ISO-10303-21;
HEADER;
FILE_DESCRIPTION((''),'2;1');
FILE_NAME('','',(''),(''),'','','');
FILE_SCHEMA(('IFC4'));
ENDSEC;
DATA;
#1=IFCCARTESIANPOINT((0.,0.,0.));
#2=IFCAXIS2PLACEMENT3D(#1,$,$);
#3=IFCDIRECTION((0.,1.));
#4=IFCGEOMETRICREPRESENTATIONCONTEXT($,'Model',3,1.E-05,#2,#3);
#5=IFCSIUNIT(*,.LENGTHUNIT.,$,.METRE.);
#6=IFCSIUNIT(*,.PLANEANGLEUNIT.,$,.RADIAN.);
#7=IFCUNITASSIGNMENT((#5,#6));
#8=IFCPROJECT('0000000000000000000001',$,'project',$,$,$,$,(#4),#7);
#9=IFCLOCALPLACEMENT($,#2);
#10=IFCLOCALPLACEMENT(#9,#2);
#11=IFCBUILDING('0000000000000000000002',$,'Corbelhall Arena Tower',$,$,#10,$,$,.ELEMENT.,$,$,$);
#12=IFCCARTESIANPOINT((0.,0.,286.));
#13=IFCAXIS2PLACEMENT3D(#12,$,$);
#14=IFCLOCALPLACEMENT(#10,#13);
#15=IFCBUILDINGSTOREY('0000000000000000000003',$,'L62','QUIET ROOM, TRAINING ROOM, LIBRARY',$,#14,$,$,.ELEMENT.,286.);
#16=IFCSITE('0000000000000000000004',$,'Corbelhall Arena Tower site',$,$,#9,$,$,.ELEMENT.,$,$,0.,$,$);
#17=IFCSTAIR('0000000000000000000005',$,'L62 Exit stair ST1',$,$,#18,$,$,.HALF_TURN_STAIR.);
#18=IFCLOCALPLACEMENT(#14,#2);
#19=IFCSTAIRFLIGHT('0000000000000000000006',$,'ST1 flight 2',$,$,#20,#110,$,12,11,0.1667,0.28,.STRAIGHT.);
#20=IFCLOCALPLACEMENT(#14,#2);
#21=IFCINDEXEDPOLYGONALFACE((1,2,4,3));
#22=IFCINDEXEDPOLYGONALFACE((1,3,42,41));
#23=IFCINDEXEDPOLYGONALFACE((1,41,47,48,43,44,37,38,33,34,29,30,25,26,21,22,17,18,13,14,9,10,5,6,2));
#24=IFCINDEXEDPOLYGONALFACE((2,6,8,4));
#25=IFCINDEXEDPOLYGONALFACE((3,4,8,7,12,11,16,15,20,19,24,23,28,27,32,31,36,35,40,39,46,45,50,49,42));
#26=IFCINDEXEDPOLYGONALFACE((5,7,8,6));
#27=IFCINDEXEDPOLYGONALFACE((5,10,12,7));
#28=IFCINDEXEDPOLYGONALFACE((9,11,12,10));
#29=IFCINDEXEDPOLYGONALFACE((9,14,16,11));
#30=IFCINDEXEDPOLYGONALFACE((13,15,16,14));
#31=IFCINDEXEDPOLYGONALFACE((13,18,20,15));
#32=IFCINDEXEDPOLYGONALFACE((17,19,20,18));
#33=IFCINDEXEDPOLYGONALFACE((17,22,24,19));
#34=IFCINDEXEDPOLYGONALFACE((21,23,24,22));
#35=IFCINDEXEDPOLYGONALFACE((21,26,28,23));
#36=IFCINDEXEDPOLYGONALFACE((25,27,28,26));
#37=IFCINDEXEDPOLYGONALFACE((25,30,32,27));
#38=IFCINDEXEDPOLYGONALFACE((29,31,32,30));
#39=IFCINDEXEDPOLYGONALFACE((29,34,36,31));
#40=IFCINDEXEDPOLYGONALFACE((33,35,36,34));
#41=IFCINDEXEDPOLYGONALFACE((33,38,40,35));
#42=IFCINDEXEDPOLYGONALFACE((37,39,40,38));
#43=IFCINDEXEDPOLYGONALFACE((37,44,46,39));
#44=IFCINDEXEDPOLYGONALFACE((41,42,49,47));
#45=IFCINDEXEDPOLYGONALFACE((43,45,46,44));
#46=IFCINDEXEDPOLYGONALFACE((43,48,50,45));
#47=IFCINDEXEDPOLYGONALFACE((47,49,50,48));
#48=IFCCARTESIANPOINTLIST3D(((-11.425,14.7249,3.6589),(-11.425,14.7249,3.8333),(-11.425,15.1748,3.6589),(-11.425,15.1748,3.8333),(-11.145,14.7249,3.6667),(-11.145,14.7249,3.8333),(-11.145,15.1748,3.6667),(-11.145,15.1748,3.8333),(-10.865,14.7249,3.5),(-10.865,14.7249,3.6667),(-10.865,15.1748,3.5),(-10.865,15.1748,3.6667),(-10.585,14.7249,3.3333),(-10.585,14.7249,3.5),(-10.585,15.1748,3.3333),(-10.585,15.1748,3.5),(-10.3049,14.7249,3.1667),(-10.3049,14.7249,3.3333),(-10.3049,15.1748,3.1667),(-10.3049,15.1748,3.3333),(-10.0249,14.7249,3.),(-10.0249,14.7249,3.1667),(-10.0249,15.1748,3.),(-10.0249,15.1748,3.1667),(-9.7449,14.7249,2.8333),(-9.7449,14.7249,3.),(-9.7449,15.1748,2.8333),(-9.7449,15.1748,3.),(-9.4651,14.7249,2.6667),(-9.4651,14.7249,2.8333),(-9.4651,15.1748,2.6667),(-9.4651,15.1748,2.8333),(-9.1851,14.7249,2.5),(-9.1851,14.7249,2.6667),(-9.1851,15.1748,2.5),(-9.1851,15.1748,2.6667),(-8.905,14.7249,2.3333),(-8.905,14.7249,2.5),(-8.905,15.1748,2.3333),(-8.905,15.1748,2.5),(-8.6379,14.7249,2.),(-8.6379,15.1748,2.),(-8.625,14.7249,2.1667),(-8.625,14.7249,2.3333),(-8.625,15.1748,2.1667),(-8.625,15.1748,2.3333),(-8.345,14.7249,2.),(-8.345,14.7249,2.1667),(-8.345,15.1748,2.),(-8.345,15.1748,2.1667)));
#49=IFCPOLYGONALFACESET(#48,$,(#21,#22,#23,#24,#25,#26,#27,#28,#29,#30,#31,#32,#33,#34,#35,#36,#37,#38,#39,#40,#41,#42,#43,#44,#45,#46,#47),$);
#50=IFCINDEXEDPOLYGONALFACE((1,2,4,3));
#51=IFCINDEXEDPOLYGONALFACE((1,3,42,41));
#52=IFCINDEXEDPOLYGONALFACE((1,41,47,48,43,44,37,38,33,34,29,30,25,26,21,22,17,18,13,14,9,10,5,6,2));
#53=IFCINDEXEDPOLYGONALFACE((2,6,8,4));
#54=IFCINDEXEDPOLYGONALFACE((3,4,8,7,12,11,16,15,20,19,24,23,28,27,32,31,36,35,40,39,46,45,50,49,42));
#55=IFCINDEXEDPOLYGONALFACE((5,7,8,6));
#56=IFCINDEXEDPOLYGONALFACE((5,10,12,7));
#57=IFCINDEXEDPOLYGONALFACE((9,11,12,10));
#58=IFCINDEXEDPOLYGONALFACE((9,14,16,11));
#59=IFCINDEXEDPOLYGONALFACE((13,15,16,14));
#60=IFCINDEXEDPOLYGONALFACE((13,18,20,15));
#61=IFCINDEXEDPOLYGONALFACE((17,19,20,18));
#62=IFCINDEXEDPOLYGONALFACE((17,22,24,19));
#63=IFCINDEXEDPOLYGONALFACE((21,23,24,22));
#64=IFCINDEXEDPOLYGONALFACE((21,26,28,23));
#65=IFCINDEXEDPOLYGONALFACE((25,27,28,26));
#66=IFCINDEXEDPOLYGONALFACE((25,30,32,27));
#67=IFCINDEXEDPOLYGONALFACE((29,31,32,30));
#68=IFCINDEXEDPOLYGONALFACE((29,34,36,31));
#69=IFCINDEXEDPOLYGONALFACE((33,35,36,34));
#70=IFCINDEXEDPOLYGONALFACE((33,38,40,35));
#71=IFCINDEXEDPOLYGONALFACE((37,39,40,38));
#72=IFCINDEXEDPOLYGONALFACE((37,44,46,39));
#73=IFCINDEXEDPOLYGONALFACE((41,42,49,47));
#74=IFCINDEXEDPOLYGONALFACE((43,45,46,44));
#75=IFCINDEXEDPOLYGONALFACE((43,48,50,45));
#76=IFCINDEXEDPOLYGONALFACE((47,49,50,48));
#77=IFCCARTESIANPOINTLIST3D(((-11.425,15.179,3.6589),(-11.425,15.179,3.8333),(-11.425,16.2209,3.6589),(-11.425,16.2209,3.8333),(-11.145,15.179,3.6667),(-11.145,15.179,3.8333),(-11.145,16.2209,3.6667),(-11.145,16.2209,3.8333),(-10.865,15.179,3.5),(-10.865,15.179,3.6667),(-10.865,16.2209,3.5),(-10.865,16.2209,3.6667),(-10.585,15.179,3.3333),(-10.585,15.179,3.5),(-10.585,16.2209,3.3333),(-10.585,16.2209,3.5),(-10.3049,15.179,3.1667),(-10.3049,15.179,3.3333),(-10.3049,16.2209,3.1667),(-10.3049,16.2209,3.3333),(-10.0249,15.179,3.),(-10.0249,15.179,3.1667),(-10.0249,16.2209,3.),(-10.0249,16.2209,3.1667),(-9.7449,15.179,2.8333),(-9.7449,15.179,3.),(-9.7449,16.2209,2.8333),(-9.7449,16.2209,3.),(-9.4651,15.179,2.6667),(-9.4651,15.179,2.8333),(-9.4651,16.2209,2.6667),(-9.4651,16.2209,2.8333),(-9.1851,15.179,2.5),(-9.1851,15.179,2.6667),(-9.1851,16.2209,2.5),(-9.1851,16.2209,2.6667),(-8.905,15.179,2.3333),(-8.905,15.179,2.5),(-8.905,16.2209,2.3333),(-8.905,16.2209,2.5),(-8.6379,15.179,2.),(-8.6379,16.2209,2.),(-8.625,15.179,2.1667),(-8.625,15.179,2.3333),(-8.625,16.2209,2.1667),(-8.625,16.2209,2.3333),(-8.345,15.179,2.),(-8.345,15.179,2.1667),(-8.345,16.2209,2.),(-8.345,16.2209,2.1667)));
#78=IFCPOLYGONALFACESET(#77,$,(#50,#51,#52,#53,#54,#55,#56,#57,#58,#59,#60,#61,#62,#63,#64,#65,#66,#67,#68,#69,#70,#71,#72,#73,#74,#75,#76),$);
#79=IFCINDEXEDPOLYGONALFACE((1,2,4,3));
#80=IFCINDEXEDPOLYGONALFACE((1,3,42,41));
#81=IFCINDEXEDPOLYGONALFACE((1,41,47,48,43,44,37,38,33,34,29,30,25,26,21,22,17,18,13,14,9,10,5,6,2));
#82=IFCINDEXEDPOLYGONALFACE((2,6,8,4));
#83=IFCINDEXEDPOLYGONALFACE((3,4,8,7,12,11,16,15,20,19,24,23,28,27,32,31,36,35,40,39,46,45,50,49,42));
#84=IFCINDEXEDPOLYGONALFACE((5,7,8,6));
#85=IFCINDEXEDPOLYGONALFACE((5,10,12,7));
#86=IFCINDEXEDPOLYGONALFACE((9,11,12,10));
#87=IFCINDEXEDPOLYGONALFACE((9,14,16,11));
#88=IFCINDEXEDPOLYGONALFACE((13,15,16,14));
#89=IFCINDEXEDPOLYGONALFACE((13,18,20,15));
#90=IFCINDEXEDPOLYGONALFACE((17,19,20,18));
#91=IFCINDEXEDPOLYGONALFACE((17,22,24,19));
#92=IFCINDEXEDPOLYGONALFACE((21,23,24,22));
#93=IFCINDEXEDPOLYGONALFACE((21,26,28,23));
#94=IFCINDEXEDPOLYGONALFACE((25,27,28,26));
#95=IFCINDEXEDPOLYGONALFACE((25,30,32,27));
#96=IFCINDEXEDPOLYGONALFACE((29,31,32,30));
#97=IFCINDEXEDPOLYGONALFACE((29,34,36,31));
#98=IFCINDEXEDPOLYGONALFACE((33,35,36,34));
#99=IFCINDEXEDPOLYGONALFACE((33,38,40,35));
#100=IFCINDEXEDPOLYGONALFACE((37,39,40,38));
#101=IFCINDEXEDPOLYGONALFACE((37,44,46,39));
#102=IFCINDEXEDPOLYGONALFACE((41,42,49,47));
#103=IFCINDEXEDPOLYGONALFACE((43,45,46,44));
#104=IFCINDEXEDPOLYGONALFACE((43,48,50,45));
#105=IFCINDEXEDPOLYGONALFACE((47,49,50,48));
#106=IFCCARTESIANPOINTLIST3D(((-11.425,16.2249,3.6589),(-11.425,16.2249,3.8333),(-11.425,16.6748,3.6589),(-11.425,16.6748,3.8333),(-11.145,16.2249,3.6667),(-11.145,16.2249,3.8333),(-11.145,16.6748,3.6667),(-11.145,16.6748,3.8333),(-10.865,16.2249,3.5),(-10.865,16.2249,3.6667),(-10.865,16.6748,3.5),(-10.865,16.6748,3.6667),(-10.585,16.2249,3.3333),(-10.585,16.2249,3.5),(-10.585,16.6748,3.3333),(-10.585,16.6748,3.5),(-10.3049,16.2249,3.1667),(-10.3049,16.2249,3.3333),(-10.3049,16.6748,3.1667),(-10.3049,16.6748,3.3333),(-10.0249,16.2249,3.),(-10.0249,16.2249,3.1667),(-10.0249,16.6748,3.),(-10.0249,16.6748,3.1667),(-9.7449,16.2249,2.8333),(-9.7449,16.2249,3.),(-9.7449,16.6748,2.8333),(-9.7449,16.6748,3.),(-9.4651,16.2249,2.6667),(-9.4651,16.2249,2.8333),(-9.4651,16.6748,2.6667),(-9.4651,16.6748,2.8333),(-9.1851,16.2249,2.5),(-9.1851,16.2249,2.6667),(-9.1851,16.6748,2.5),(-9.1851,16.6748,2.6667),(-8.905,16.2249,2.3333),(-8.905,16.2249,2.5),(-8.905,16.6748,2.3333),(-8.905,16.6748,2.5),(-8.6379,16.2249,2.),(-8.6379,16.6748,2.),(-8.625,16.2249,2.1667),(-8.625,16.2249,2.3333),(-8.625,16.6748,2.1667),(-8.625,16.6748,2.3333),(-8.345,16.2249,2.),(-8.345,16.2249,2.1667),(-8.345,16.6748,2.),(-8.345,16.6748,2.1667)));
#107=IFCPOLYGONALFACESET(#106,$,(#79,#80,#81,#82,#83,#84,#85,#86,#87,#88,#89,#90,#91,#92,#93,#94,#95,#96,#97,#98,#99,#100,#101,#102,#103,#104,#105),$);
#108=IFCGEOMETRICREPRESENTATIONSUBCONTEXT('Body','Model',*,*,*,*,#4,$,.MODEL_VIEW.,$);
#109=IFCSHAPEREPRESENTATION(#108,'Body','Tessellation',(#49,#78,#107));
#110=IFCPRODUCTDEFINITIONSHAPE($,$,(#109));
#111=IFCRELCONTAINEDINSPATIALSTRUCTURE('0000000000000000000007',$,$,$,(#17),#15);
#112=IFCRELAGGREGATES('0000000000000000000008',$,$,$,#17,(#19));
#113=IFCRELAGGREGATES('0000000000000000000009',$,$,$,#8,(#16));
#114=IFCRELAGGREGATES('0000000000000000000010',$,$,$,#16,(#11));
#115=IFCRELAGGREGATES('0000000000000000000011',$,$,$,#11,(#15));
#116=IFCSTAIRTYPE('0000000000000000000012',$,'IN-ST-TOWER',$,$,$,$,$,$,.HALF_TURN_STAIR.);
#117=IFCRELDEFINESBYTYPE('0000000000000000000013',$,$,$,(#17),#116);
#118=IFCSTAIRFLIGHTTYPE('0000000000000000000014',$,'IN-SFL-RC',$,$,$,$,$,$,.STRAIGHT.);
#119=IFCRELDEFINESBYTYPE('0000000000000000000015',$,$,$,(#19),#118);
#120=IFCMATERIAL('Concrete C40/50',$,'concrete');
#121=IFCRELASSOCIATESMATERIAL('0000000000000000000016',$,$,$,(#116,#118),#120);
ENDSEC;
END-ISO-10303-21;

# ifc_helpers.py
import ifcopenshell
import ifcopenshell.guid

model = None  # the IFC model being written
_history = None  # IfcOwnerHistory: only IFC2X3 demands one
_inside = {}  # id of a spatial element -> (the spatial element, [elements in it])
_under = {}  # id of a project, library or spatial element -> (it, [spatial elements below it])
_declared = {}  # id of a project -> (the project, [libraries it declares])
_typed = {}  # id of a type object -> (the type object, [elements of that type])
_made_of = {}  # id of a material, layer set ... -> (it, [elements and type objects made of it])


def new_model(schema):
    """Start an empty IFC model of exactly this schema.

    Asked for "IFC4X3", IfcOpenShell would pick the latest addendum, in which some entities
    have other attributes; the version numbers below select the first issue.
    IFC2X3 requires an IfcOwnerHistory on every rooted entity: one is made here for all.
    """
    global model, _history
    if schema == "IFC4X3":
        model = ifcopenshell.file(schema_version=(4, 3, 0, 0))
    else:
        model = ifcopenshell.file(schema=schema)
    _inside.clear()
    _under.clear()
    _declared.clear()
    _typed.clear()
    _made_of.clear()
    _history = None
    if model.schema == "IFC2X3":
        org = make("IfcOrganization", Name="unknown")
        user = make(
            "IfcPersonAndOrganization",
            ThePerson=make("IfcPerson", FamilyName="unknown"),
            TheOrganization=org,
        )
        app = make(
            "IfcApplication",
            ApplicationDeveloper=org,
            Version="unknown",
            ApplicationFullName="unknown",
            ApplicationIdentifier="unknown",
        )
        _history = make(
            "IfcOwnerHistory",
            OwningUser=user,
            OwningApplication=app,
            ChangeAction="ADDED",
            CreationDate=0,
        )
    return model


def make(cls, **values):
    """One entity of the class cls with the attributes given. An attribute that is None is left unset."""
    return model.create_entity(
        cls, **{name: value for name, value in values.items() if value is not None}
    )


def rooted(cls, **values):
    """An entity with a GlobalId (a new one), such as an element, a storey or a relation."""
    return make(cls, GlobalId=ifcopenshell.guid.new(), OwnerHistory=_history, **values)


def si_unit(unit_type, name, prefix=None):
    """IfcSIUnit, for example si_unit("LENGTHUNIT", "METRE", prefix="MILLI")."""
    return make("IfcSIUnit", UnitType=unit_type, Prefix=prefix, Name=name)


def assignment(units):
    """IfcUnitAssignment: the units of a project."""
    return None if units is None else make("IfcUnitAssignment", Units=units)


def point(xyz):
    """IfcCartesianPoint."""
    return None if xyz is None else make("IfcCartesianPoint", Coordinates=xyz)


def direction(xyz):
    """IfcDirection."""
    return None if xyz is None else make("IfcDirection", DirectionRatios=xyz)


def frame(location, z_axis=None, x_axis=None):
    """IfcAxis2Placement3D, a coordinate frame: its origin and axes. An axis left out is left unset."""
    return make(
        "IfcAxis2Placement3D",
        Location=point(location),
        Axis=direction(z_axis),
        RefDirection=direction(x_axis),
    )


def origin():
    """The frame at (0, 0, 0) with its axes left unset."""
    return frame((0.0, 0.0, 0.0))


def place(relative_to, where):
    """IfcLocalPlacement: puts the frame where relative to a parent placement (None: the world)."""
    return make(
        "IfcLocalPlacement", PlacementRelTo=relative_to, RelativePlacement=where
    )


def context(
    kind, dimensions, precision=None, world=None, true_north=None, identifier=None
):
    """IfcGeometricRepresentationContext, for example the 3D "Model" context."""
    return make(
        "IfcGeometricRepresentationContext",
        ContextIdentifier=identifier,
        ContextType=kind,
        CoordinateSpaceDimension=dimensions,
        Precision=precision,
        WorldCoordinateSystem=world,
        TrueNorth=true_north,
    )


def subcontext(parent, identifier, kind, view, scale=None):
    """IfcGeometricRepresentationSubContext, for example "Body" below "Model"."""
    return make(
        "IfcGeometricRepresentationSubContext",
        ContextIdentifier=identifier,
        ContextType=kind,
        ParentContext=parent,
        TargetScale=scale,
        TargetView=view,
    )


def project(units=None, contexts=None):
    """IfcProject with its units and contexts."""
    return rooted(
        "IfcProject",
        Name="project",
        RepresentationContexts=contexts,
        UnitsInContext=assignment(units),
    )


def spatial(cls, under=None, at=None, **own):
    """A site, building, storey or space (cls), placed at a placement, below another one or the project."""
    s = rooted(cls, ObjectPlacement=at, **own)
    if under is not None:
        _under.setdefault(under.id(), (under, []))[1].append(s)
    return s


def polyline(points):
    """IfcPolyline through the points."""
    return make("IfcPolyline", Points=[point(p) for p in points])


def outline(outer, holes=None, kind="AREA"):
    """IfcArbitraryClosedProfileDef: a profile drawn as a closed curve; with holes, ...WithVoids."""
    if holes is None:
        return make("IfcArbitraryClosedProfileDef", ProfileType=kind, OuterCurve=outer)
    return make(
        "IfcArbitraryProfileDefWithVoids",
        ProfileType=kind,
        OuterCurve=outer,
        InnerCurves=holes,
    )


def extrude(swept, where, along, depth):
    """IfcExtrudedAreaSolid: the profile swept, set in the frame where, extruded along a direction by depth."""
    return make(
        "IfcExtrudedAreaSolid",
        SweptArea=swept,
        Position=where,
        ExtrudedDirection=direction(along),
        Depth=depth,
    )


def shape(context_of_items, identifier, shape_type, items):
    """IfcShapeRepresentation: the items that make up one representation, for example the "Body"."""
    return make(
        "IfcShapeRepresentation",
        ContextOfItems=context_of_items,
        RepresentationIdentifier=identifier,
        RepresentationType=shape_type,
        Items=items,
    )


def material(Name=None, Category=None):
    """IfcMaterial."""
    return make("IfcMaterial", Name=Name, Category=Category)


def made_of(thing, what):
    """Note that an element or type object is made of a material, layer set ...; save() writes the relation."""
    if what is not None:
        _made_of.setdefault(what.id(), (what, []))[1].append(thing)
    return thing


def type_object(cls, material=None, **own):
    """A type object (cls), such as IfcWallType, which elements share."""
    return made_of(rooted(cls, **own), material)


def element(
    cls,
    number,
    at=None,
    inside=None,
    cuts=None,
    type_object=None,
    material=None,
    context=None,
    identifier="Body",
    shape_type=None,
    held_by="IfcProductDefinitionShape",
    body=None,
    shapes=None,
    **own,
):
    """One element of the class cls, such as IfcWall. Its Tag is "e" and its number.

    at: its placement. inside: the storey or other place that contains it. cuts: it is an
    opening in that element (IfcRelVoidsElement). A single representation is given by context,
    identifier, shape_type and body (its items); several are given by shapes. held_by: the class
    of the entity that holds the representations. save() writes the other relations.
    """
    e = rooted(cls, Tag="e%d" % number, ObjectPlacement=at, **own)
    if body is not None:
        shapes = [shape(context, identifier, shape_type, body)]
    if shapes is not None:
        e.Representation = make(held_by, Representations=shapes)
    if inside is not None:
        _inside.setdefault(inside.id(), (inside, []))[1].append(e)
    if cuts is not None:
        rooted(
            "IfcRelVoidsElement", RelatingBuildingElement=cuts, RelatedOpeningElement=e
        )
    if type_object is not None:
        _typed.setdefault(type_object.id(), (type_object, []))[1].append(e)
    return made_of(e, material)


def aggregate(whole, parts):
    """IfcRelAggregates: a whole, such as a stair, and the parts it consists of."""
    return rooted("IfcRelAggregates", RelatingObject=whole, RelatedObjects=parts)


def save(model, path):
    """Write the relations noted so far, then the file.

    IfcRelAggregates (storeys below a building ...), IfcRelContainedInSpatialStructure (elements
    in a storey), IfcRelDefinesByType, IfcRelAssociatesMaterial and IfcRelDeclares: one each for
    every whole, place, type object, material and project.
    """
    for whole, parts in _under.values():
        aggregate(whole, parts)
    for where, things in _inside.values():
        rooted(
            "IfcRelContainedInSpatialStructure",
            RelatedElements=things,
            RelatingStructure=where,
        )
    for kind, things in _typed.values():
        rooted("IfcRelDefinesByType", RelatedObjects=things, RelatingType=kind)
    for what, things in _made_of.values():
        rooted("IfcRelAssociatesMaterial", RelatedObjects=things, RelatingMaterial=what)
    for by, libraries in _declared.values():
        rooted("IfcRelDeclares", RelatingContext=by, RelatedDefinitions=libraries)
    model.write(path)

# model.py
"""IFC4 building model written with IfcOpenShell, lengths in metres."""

from ifc_helpers import new_model, si_unit, direction, frame, origin, place, context, subcontext, project, spatial, polyline, outline, extrude, material, type_object, element, aggregate, save


model = new_model("IFC4")

# Units and contexts
model_context = context("Model", 3, precision=1e-05, world=origin(), true_north=direction((0.0, 1.0)))
body_context = subcontext(model_context, "Body", "Model", "MODEL_VIEW")
ifc_project = project(units=[si_unit("LENGTHUNIT", "METRE"), si_unit("PLANEANGLEUNIT", "RADIAN")], contexts=[model_context])

# Site, building, storey
site_placement = place(None, origin())
site = spatial("IfcSite", under=ifc_project, at=site_placement, Name="Corbelhall Arena Tower site", CompositionType="ELEMENT", RefElevation=0.0)
building_placement = place(site_placement, origin())
building = spatial("IfcBuilding", under=site, at=building_placement, Name="Corbelhall Arena Tower", CompositionType="ELEMENT")
storey_placement = place(building_placement, frame((0.0, 0.0, 286.0)))
storey = spatial("IfcBuildingStorey", under=building, at=storey_placement, Name="L62", Description="QUIET ROOM, TRAINING ROOM, LIBRARY", CompositionType="ELEMENT", Elevation=286.0)

# Shared definitions
ifc_material_1 = material(Name="Concrete C40/50", Category="concrete")

# Stair, stair flight
stair_type = type_object("IfcStairType", Name="IN-ST-TOWER", PredefinedType="HALF_TURN_STAIR", material=ifc_material_1)
stair_placement = place(storey_placement, origin())
stair = element("IfcStair", 1, at=stair_placement, inside=storey, type_object=stair_type, Name="L62 Exit stair ST1", PredefinedType="HALF_TURN_STAIR")
stair_flight_type = type_object("IfcStairFlightType", Name="IN-SFL-RC", PredefinedType="STRAIGHT", material=ifc_material_1)
stair_flight_1_placement = place(storey_placement, frame((-8.345, 15.7, 2.0), z_axis=(0.0, 0.0, 1.0), x_axis=(-1.0, 0.0, 0.0)))
stair_flight_1 = element("IfcStairFlight", 2, at=stair_flight_1_placement, type_object=stair_flight_type, Name="ST1 flight 2", NumberOfRisers=12, NumberOfTreads=11, PredefinedType="STRAIGHT", RiserHeight=0.1667, TreadLength=0.28, context=body_context, shape_type="SweptSolid", body=[
    extrude(outline(polyline([(0.0, 0.0), (0.0, 0.1667), (0.28, 0.1667), (0.28, 0.3333), (0.5601, 0.3333), (0.5601, 0.5), (0.8401, 0.5), (0.8401, 0.6667), (1.1201, 0.6667), (1.1201, 0.8333), (1.3999, 0.8333), (1.3999, 1.0), (1.6799, 1.0), (1.6799, 1.1667), (1.96, 1.1667), (1.96, 1.3333), (2.24, 1.3333), (2.24, 1.5), (2.52, 1.5), (2.52, 1.6667), (2.8, 1.6667), (2.8, 1.8333), (3.0801, 1.8333), (3.0801, 2.0), (3.0801, 1.6589), (0.293, 0.0), (0.0, 0.0)])), frame((0.0, 0.9751, 0.0), z_axis=(0.0, -1.0, 0.0), x_axis=(1.0, 0.0, 0.0)), (0.0, 0.0, 1.0), 0.45),
    extrude(outline(polyline([(0.0, 0.0), (0.0, 0.1667), (0.28, 0.1667), (0.28, 0.3333), (0.5601, 0.3333), (0.5601, 0.5), (0.8401, 0.5), (0.8401, 0.6667), (1.1201, 0.6667), (1.1201, 0.8333), (1.3999, 0.8333), (1.3999, 1.0), (1.6799, 1.0), (1.6799, 1.1667), (1.96, 1.1667), (1.96, 1.3333), (2.24, 1.3333), (2.24, 1.5), (2.52, 1.5), (2.52, 1.6667), (2.8, 1.6667), (2.8, 1.8333), (3.0801, 1.8333), (3.0801, 2.0), (3.0801, 1.6589), (0.293, 0.0), (0.0, 0.0)])), frame((0.0, 0.521, 0.0), z_axis=(0.0, -1.0, 0.0), x_axis=(1.0, 0.0, 0.0)), (0.0, 0.0, 1.0), 1.042),
    extrude(outline(polyline([(0.0, 0.0), (0.0, 0.1667), (0.28, 0.1667), (0.28, 0.3333), (0.5601, 0.3333), (0.5601, 0.5), (0.8401, 0.5), (0.8401, 0.6667), (1.1201, 0.6667), (1.1201, 0.8333), (1.3999, 0.8333), (1.3999, 1.0), (1.6799, 1.0), (1.6799, 1.1667), (1.96, 1.1667), (1.96, 1.3333), (2.24, 1.3333), (2.24, 1.5), (2.52, 1.5), (2.52, 1.6667), (2.8, 1.6667), (2.8, 1.8333), (3.0801, 1.8333), (3.0801, 2.0), (3.0801, 1.6589), (0.293, 0.0), (0.0, 0.0)])), frame((0.0, -0.5249, 0.0), z_axis=(0.0, -1.0, 0.0), x_axis=(1.0, 0.0, 0.0)), (0.0, 0.0, 1.0), 0.45),
])
aggregate(stair, [stair_flight_1])

save(model, "model.ifc")
